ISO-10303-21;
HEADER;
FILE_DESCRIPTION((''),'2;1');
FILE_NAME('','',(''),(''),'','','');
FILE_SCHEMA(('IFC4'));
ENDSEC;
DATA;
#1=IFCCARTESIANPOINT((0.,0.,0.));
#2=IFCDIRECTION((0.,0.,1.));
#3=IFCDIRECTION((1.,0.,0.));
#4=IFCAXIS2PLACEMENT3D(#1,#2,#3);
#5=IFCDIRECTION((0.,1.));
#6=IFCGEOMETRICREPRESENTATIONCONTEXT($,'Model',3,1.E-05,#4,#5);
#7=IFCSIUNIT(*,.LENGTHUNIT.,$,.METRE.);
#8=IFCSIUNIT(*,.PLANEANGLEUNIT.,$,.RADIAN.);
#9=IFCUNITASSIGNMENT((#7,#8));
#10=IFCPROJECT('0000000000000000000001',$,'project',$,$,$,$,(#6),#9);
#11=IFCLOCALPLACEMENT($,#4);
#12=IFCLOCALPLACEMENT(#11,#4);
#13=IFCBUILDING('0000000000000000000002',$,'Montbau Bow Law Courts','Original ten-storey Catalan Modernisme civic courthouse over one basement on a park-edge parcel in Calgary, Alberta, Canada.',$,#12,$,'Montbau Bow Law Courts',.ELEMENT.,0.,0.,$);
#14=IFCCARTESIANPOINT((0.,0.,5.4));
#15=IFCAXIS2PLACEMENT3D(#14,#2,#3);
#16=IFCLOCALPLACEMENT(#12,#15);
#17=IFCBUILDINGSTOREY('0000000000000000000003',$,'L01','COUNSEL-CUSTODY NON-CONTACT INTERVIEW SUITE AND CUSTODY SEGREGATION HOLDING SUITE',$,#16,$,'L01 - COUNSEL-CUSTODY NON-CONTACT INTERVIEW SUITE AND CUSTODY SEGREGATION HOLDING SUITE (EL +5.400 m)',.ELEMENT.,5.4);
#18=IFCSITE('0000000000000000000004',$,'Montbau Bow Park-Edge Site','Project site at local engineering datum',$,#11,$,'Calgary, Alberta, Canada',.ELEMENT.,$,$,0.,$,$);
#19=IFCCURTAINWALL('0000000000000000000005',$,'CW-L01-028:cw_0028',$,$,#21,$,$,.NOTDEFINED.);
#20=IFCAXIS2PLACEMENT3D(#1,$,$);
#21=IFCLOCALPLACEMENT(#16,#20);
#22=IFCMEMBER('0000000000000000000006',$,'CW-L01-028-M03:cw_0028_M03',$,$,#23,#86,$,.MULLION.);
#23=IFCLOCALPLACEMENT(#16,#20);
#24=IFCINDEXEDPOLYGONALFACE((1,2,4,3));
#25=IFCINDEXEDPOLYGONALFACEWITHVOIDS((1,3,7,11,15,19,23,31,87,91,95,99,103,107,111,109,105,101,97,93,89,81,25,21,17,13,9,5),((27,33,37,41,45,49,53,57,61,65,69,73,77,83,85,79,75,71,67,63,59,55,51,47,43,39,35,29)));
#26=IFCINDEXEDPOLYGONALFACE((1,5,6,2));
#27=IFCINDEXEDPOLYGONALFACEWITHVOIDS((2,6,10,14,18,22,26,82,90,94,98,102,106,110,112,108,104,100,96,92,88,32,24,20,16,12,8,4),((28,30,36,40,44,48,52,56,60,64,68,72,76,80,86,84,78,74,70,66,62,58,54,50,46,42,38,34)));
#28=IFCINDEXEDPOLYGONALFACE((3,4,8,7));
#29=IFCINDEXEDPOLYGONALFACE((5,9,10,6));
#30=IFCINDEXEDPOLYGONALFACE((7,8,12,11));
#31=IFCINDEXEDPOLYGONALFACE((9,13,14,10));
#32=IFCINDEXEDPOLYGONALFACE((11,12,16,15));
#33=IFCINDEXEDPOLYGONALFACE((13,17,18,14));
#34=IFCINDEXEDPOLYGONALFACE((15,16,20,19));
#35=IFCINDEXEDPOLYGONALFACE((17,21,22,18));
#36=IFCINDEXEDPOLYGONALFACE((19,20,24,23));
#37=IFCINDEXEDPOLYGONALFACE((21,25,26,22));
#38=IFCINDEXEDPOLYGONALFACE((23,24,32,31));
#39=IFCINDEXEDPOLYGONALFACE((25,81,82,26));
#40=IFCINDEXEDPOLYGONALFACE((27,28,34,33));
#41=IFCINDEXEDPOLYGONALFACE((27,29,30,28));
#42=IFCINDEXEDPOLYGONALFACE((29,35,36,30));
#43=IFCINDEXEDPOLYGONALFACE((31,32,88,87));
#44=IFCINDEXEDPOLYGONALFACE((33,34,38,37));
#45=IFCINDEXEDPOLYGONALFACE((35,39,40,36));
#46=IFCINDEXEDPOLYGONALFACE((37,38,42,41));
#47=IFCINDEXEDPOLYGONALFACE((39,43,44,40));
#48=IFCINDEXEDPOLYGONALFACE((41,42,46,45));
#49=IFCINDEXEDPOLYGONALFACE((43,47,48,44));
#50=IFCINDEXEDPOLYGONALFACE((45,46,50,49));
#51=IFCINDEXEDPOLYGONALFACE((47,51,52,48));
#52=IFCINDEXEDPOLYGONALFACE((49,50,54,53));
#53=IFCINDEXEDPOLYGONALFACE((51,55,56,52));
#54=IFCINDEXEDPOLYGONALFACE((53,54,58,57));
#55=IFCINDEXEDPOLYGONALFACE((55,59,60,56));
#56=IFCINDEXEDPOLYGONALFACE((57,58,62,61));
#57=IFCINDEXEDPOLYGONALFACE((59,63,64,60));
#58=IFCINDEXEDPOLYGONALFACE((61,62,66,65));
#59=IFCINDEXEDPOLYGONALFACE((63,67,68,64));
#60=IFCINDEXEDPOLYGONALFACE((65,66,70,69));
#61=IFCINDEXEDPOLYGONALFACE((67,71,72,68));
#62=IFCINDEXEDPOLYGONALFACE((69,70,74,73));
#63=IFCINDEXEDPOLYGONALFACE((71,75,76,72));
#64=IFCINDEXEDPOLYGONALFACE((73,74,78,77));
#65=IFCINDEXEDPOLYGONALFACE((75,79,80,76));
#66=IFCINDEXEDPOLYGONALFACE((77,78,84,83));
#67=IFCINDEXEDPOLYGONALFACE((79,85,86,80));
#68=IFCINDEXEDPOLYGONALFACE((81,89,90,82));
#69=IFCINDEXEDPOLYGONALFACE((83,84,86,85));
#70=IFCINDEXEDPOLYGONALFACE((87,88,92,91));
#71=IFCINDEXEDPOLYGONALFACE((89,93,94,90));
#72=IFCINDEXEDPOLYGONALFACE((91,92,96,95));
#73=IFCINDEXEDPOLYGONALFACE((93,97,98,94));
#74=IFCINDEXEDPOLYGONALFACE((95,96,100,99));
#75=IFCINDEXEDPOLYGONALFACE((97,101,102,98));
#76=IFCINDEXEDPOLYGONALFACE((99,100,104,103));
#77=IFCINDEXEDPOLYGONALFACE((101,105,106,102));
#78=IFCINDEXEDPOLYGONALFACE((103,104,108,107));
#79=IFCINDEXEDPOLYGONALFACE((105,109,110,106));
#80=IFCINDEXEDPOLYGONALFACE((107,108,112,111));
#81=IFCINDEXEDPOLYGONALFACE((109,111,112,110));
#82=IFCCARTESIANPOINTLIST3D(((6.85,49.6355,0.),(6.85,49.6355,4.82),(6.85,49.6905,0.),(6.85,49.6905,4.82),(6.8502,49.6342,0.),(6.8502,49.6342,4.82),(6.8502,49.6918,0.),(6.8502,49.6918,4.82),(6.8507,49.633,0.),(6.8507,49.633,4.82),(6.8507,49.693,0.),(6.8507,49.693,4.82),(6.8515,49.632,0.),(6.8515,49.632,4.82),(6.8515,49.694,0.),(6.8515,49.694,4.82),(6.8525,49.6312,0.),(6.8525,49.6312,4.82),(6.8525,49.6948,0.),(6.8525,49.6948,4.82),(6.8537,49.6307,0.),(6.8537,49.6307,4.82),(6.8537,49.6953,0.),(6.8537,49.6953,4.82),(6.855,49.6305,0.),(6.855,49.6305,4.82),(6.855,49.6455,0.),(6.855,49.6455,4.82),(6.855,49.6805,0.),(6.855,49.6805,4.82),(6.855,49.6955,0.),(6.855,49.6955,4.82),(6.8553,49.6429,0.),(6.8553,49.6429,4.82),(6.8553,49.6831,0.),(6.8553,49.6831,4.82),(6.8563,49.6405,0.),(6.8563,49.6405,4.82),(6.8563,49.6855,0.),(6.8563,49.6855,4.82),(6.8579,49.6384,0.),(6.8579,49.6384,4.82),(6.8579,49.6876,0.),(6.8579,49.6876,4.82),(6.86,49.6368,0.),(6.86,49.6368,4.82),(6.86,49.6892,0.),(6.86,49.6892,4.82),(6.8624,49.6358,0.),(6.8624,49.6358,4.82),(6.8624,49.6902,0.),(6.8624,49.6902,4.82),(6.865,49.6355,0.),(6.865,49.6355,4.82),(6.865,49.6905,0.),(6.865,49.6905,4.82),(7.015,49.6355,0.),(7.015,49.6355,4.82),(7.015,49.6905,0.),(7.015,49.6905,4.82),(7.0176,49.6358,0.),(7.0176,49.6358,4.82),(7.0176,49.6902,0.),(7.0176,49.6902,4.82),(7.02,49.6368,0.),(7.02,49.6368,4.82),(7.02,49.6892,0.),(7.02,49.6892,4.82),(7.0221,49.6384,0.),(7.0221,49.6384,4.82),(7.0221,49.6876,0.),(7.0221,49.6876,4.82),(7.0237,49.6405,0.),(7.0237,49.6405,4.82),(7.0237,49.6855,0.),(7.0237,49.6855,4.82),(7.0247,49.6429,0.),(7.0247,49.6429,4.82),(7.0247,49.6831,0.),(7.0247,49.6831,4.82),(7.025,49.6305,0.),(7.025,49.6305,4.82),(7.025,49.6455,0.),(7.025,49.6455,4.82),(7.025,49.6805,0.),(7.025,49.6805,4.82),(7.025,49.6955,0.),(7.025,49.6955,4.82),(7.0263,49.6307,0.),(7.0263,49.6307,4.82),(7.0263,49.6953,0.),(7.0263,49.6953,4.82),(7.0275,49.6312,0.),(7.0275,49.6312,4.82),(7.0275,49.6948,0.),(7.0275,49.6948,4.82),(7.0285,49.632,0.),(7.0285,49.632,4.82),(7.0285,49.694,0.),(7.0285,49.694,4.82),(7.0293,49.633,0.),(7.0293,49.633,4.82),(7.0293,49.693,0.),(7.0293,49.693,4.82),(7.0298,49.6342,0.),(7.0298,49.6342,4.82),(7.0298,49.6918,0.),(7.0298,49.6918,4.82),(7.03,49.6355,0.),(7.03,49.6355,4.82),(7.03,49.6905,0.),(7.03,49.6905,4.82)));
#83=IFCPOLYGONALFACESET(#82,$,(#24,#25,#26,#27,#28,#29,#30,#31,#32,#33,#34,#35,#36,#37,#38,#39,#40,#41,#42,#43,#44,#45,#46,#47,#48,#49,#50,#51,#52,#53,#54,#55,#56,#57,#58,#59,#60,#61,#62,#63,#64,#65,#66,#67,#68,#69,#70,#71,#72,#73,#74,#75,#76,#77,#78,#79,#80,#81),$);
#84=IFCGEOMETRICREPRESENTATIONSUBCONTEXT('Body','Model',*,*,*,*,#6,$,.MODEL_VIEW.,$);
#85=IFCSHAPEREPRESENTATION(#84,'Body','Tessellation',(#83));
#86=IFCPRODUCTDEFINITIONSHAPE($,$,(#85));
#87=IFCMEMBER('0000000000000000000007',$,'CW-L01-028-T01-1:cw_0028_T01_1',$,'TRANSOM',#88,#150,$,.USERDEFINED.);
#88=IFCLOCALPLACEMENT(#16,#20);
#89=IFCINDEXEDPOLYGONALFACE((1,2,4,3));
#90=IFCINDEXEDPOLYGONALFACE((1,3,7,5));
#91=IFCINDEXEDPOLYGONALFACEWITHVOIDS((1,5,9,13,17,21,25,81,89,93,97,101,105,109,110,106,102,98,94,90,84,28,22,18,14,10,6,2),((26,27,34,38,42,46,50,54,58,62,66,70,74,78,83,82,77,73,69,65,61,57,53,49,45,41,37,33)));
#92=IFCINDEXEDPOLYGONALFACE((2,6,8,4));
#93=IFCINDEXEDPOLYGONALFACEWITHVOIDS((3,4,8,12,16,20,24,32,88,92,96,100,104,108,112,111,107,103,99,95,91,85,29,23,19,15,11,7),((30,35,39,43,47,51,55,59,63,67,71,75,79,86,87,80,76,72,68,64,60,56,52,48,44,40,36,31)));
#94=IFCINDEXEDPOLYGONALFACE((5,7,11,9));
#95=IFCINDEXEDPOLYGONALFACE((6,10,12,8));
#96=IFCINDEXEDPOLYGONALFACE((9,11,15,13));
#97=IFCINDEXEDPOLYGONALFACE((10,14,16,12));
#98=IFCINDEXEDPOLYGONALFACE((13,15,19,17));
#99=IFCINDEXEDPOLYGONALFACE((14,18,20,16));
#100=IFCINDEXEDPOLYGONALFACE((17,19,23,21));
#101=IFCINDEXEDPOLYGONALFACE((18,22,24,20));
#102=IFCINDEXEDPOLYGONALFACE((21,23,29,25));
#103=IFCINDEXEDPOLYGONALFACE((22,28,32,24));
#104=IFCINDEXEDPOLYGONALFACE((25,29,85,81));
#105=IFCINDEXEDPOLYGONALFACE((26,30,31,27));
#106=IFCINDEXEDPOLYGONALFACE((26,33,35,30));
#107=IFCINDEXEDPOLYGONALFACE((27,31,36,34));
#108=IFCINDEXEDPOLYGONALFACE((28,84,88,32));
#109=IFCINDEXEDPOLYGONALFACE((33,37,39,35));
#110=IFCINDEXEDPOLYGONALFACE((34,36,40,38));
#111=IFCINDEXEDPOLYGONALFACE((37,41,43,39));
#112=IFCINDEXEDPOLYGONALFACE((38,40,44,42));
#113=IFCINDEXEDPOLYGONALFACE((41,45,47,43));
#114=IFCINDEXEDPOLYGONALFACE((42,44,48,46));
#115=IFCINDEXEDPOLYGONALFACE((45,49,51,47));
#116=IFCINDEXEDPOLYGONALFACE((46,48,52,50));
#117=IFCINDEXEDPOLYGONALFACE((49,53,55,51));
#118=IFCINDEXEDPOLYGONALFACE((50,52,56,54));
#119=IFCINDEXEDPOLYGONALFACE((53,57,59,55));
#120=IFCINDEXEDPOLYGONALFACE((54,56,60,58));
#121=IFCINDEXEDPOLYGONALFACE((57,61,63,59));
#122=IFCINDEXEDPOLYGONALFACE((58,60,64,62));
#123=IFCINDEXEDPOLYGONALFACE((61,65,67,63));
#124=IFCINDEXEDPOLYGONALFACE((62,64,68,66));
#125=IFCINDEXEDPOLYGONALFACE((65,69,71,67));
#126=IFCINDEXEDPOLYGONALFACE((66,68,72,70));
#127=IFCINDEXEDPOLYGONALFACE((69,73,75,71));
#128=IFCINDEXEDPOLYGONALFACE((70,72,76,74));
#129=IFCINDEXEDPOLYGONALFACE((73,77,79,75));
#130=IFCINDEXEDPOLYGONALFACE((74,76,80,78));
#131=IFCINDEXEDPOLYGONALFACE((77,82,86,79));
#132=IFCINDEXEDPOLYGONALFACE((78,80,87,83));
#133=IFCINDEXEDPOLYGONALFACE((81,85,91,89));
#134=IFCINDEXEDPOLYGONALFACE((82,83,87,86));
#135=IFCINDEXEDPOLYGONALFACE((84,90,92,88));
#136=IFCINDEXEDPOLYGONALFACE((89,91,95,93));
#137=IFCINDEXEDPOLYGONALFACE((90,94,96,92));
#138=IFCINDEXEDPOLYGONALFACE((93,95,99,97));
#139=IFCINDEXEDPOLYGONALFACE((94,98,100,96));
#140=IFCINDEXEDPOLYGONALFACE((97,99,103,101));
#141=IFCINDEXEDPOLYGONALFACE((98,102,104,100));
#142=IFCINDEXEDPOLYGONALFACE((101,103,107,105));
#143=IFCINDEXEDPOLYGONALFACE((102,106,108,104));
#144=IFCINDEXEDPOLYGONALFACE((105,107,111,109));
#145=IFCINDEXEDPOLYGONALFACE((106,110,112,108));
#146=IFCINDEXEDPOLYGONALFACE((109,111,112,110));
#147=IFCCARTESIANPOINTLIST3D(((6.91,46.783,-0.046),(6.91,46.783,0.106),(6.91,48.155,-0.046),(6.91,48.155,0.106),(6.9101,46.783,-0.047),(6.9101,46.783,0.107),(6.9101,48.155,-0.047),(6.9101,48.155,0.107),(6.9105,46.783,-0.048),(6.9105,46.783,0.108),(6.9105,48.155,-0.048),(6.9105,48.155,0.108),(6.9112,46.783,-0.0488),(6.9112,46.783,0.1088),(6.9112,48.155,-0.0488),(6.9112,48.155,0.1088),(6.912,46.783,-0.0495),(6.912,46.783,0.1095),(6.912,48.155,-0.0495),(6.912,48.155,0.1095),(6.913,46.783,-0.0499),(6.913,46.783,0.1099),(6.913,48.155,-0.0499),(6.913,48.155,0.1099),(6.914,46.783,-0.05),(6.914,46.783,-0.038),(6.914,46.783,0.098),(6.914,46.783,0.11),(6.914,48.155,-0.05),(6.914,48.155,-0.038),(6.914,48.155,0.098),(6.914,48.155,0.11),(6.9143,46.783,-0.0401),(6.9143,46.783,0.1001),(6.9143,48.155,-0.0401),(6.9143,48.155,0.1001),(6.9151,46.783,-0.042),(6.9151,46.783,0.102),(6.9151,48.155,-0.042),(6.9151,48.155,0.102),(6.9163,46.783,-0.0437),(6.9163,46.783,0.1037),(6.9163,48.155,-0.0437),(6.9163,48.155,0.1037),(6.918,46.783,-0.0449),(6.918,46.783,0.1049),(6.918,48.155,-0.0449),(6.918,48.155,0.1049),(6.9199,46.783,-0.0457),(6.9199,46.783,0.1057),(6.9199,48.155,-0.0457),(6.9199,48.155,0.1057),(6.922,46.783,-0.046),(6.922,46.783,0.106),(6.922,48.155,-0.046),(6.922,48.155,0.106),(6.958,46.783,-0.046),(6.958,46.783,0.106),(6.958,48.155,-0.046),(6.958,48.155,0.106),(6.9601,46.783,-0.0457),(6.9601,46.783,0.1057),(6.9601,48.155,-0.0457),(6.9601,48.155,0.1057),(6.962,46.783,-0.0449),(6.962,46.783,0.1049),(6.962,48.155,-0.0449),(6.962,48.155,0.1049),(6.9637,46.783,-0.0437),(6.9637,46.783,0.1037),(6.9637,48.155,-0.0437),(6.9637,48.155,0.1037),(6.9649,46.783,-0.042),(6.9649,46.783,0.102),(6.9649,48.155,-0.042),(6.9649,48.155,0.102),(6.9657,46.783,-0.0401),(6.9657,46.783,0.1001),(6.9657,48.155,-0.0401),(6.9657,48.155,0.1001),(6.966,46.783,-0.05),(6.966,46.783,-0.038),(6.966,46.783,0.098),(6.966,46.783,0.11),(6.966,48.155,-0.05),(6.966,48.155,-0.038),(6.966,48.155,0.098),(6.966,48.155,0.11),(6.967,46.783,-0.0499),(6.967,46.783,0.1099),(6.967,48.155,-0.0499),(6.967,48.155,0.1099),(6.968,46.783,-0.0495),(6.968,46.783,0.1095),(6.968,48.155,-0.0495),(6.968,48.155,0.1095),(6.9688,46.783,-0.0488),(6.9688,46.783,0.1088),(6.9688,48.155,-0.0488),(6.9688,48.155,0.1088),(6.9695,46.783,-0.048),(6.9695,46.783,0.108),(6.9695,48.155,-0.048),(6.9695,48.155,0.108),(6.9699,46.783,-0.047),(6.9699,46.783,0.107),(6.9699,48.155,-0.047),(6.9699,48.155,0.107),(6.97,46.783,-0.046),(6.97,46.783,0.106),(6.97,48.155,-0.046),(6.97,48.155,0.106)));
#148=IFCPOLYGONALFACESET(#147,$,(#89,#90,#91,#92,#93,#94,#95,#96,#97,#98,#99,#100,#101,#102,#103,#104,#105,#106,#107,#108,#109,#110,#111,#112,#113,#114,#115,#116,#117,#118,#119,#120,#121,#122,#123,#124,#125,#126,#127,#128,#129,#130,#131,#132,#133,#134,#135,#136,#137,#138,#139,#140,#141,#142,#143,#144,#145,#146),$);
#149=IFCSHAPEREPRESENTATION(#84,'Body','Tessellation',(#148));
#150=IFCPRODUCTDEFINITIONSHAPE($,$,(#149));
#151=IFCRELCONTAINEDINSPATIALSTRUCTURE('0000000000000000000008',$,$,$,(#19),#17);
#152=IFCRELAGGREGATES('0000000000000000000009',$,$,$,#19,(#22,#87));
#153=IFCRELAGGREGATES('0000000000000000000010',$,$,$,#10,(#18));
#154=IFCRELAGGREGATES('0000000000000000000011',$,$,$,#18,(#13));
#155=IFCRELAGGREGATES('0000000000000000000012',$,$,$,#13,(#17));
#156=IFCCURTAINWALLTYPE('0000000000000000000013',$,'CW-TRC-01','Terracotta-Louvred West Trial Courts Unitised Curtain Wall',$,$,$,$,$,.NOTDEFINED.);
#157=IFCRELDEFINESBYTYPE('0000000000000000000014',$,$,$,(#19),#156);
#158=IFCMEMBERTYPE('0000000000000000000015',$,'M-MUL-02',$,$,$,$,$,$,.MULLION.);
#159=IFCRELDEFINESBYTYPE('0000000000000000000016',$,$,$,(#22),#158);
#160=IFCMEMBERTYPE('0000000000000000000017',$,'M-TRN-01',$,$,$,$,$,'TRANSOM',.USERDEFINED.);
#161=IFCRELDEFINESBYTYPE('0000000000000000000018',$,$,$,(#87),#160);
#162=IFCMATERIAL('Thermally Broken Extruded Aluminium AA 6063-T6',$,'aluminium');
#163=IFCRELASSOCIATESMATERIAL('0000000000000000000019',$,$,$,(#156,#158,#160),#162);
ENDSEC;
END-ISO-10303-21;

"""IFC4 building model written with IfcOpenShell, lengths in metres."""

from ifc_helpers import new_model, si_unit, direction, frame, origin_with_axes, origin_2d_with_axis, place, context, subcontext, project, spatial, hollow_rectangle, extrude, material, material_profile, profile_set, type_object, element, aggregate, save


model = new_model("IFC4")

# Units and contexts
model_context = context("Model", 3, precision=1e-05, world=origin_with_axes(), true_north=direction((0.0, 1.0)))
body_context = subcontext(model_context, "Body", "Model", "MODEL_VIEW")
ifc_project = project(units=[si_unit("LENGTHUNIT", "METRE"), si_unit("PLANEANGLEUNIT", "RADIAN")], contexts=[model_context])

# Site, building, storey
site_placement = place(None, origin_with_axes())
site = spatial("IfcSite", under=ifc_project, at=site_placement, Name="Montbau Bow Park-Edge Site", Description="Project site at local engineering datum", LongName="Calgary, Alberta, Canada", CompositionType="ELEMENT", RefElevation=0.0)
building_placement = place(site_placement, origin_with_axes())
building = spatial("IfcBuilding", under=site, at=building_placement, Name="Montbau Bow Law Courts", Description="Original ten-storey Catalan Modernisme civic courthouse over one basement on a park-edge parcel in Calgary, Alberta, Canada.", LongName="Montbau Bow Law Courts", CompositionType="ELEMENT", ElevationOfRefHeight=0.0, ElevationOfTerrain=0.0)
storey_placement = place(building_placement, frame((0.0, 0.0, 5.4), z_axis=(0.0, 0.0, 1.0), x_axis=(1.0, 0.0, 0.0)))
storey = spatial("IfcBuildingStorey", under=building, at=storey_placement, Name="L01", Description="COUNSEL-CUSTODY NON-CONTACT INTERVIEW SUITE AND CUSTODY SEGREGATION HOLDING SUITE", LongName="L01 - COUNSEL-CUSTODY NON-CONTACT INTERVIEW SUITE AND CUSTODY SEGREGATION HOLDING SUITE (EL +5.400 m)", CompositionType="ELEMENT", Elevation=5.4)

# Shared definitions
ifc_material_1 = material(Name="Thermally Broken Extruded Aluminium AA 6063-T6", Category="aluminium")
curtain_wall_type = type_object("IfcCurtainWallType", Name="CW-TRC-01", Description="Terracotta-Louvred West Trial Courts Unitised Curtain Wall", PredefinedType="NOTDEFINED", material=ifc_material_1)

# Curtain wall, members
curtain_wall_1_placement = place(None, frame((6.94, 46.715, 5.4), z_axis=(0.0, 0.0, 1.0), x_axis=(1.0, 0.0, 0.0)))
curtain_wall_1 = element("IfcCurtainWall", 1, at=curtain_wall_1_placement, inside=storey, type_object=curtain_wall_type, Name="CW-L01-028:cw_0028", PredefinedType="NOTDEFINED")
ifc_material_profile_1 = material_profile(ifc_material_1, hollow_rectangle(XDim=0.065, YDim=0.18, WallThickness=0.005, InnerFilletRadius=0.01, OuterFilletRadius=0.005, at=origin_2d_with_axis()), Name="CWM-180X65", Category="Main", Priority=0)
ifc_profile_set_1 = profile_set([ifc_material_profile_1], Name="Thermally Broken Extruded Aluminium AA 6063-T6")
member_type_1 = type_object("IfcMemberType", Name="M-MUL-02", PredefinedType="MULLION", material=ifc_profile_set_1)
member_1_placement = place(None, frame((6.94, 49.663, 5.4), z_axis=(0.0, 0.0, 1.0), x_axis=(0.0, 1.0, 0.0)))
member_1 = element("IfcMember", 2, at=member_1_placement, type_object=member_type_1, Name="CW-L01-028-M03:cw_0028_M03", PredefinedType="MULLION", context=body_context, shape_type="SweptSolid", body=[
    extrude(hollow_rectangle(XDim=0.065, YDim=0.18, WallThickness=0.005, InnerFilletRadius=0.01, OuterFilletRadius=0.005, at=origin_2d_with_axis()), origin_with_axes(), (0.0, 0.0, 1.0), 4.82),
])
ifc_material_profile_2 = material_profile(ifc_material_1, hollow_rectangle(XDim=0.06, YDim=0.16, WallThickness=0.004, InnerFilletRadius=0.008, OuterFilletRadius=0.004, at=origin_2d_with_axis()), Name="CWT-160X60", Category="Main", Priority=0)
ifc_profile_set_2 = profile_set([ifc_material_profile_2], Name="Thermally Broken Extruded Aluminium AA 6063-T6")
member_type_2 = type_object("IfcMemberType", Name="M-TRN-01", ElementType="TRANSOM", PredefinedType="USERDEFINED", material=ifc_profile_set_2)
member_2_placement = place(None, frame((6.94, 46.783, 5.43), z_axis=(0.0, 1.0, 0.0), x_axis=(-1.0, 0.0, 0.0)))
member_2 = element("IfcMember", 3, at=member_2_placement, type_object=member_type_2, Name="CW-L01-028-T01-1:cw_0028_T01_1", ObjectType="TRANSOM", PredefinedType="USERDEFINED", context=body_context, shape_type="SweptSolid", body=[
    extrude(hollow_rectangle(XDim=0.06, YDim=0.16, WallThickness=0.004, InnerFilletRadius=0.008, OuterFilletRadius=0.004, at=origin_2d_with_axis()), origin_with_axes(), (0.0, 0.0, 1.0), 1.372),
])
aggregate(curtain_wall_1, [member_1, member_2])

save(model, "model.ifc")
